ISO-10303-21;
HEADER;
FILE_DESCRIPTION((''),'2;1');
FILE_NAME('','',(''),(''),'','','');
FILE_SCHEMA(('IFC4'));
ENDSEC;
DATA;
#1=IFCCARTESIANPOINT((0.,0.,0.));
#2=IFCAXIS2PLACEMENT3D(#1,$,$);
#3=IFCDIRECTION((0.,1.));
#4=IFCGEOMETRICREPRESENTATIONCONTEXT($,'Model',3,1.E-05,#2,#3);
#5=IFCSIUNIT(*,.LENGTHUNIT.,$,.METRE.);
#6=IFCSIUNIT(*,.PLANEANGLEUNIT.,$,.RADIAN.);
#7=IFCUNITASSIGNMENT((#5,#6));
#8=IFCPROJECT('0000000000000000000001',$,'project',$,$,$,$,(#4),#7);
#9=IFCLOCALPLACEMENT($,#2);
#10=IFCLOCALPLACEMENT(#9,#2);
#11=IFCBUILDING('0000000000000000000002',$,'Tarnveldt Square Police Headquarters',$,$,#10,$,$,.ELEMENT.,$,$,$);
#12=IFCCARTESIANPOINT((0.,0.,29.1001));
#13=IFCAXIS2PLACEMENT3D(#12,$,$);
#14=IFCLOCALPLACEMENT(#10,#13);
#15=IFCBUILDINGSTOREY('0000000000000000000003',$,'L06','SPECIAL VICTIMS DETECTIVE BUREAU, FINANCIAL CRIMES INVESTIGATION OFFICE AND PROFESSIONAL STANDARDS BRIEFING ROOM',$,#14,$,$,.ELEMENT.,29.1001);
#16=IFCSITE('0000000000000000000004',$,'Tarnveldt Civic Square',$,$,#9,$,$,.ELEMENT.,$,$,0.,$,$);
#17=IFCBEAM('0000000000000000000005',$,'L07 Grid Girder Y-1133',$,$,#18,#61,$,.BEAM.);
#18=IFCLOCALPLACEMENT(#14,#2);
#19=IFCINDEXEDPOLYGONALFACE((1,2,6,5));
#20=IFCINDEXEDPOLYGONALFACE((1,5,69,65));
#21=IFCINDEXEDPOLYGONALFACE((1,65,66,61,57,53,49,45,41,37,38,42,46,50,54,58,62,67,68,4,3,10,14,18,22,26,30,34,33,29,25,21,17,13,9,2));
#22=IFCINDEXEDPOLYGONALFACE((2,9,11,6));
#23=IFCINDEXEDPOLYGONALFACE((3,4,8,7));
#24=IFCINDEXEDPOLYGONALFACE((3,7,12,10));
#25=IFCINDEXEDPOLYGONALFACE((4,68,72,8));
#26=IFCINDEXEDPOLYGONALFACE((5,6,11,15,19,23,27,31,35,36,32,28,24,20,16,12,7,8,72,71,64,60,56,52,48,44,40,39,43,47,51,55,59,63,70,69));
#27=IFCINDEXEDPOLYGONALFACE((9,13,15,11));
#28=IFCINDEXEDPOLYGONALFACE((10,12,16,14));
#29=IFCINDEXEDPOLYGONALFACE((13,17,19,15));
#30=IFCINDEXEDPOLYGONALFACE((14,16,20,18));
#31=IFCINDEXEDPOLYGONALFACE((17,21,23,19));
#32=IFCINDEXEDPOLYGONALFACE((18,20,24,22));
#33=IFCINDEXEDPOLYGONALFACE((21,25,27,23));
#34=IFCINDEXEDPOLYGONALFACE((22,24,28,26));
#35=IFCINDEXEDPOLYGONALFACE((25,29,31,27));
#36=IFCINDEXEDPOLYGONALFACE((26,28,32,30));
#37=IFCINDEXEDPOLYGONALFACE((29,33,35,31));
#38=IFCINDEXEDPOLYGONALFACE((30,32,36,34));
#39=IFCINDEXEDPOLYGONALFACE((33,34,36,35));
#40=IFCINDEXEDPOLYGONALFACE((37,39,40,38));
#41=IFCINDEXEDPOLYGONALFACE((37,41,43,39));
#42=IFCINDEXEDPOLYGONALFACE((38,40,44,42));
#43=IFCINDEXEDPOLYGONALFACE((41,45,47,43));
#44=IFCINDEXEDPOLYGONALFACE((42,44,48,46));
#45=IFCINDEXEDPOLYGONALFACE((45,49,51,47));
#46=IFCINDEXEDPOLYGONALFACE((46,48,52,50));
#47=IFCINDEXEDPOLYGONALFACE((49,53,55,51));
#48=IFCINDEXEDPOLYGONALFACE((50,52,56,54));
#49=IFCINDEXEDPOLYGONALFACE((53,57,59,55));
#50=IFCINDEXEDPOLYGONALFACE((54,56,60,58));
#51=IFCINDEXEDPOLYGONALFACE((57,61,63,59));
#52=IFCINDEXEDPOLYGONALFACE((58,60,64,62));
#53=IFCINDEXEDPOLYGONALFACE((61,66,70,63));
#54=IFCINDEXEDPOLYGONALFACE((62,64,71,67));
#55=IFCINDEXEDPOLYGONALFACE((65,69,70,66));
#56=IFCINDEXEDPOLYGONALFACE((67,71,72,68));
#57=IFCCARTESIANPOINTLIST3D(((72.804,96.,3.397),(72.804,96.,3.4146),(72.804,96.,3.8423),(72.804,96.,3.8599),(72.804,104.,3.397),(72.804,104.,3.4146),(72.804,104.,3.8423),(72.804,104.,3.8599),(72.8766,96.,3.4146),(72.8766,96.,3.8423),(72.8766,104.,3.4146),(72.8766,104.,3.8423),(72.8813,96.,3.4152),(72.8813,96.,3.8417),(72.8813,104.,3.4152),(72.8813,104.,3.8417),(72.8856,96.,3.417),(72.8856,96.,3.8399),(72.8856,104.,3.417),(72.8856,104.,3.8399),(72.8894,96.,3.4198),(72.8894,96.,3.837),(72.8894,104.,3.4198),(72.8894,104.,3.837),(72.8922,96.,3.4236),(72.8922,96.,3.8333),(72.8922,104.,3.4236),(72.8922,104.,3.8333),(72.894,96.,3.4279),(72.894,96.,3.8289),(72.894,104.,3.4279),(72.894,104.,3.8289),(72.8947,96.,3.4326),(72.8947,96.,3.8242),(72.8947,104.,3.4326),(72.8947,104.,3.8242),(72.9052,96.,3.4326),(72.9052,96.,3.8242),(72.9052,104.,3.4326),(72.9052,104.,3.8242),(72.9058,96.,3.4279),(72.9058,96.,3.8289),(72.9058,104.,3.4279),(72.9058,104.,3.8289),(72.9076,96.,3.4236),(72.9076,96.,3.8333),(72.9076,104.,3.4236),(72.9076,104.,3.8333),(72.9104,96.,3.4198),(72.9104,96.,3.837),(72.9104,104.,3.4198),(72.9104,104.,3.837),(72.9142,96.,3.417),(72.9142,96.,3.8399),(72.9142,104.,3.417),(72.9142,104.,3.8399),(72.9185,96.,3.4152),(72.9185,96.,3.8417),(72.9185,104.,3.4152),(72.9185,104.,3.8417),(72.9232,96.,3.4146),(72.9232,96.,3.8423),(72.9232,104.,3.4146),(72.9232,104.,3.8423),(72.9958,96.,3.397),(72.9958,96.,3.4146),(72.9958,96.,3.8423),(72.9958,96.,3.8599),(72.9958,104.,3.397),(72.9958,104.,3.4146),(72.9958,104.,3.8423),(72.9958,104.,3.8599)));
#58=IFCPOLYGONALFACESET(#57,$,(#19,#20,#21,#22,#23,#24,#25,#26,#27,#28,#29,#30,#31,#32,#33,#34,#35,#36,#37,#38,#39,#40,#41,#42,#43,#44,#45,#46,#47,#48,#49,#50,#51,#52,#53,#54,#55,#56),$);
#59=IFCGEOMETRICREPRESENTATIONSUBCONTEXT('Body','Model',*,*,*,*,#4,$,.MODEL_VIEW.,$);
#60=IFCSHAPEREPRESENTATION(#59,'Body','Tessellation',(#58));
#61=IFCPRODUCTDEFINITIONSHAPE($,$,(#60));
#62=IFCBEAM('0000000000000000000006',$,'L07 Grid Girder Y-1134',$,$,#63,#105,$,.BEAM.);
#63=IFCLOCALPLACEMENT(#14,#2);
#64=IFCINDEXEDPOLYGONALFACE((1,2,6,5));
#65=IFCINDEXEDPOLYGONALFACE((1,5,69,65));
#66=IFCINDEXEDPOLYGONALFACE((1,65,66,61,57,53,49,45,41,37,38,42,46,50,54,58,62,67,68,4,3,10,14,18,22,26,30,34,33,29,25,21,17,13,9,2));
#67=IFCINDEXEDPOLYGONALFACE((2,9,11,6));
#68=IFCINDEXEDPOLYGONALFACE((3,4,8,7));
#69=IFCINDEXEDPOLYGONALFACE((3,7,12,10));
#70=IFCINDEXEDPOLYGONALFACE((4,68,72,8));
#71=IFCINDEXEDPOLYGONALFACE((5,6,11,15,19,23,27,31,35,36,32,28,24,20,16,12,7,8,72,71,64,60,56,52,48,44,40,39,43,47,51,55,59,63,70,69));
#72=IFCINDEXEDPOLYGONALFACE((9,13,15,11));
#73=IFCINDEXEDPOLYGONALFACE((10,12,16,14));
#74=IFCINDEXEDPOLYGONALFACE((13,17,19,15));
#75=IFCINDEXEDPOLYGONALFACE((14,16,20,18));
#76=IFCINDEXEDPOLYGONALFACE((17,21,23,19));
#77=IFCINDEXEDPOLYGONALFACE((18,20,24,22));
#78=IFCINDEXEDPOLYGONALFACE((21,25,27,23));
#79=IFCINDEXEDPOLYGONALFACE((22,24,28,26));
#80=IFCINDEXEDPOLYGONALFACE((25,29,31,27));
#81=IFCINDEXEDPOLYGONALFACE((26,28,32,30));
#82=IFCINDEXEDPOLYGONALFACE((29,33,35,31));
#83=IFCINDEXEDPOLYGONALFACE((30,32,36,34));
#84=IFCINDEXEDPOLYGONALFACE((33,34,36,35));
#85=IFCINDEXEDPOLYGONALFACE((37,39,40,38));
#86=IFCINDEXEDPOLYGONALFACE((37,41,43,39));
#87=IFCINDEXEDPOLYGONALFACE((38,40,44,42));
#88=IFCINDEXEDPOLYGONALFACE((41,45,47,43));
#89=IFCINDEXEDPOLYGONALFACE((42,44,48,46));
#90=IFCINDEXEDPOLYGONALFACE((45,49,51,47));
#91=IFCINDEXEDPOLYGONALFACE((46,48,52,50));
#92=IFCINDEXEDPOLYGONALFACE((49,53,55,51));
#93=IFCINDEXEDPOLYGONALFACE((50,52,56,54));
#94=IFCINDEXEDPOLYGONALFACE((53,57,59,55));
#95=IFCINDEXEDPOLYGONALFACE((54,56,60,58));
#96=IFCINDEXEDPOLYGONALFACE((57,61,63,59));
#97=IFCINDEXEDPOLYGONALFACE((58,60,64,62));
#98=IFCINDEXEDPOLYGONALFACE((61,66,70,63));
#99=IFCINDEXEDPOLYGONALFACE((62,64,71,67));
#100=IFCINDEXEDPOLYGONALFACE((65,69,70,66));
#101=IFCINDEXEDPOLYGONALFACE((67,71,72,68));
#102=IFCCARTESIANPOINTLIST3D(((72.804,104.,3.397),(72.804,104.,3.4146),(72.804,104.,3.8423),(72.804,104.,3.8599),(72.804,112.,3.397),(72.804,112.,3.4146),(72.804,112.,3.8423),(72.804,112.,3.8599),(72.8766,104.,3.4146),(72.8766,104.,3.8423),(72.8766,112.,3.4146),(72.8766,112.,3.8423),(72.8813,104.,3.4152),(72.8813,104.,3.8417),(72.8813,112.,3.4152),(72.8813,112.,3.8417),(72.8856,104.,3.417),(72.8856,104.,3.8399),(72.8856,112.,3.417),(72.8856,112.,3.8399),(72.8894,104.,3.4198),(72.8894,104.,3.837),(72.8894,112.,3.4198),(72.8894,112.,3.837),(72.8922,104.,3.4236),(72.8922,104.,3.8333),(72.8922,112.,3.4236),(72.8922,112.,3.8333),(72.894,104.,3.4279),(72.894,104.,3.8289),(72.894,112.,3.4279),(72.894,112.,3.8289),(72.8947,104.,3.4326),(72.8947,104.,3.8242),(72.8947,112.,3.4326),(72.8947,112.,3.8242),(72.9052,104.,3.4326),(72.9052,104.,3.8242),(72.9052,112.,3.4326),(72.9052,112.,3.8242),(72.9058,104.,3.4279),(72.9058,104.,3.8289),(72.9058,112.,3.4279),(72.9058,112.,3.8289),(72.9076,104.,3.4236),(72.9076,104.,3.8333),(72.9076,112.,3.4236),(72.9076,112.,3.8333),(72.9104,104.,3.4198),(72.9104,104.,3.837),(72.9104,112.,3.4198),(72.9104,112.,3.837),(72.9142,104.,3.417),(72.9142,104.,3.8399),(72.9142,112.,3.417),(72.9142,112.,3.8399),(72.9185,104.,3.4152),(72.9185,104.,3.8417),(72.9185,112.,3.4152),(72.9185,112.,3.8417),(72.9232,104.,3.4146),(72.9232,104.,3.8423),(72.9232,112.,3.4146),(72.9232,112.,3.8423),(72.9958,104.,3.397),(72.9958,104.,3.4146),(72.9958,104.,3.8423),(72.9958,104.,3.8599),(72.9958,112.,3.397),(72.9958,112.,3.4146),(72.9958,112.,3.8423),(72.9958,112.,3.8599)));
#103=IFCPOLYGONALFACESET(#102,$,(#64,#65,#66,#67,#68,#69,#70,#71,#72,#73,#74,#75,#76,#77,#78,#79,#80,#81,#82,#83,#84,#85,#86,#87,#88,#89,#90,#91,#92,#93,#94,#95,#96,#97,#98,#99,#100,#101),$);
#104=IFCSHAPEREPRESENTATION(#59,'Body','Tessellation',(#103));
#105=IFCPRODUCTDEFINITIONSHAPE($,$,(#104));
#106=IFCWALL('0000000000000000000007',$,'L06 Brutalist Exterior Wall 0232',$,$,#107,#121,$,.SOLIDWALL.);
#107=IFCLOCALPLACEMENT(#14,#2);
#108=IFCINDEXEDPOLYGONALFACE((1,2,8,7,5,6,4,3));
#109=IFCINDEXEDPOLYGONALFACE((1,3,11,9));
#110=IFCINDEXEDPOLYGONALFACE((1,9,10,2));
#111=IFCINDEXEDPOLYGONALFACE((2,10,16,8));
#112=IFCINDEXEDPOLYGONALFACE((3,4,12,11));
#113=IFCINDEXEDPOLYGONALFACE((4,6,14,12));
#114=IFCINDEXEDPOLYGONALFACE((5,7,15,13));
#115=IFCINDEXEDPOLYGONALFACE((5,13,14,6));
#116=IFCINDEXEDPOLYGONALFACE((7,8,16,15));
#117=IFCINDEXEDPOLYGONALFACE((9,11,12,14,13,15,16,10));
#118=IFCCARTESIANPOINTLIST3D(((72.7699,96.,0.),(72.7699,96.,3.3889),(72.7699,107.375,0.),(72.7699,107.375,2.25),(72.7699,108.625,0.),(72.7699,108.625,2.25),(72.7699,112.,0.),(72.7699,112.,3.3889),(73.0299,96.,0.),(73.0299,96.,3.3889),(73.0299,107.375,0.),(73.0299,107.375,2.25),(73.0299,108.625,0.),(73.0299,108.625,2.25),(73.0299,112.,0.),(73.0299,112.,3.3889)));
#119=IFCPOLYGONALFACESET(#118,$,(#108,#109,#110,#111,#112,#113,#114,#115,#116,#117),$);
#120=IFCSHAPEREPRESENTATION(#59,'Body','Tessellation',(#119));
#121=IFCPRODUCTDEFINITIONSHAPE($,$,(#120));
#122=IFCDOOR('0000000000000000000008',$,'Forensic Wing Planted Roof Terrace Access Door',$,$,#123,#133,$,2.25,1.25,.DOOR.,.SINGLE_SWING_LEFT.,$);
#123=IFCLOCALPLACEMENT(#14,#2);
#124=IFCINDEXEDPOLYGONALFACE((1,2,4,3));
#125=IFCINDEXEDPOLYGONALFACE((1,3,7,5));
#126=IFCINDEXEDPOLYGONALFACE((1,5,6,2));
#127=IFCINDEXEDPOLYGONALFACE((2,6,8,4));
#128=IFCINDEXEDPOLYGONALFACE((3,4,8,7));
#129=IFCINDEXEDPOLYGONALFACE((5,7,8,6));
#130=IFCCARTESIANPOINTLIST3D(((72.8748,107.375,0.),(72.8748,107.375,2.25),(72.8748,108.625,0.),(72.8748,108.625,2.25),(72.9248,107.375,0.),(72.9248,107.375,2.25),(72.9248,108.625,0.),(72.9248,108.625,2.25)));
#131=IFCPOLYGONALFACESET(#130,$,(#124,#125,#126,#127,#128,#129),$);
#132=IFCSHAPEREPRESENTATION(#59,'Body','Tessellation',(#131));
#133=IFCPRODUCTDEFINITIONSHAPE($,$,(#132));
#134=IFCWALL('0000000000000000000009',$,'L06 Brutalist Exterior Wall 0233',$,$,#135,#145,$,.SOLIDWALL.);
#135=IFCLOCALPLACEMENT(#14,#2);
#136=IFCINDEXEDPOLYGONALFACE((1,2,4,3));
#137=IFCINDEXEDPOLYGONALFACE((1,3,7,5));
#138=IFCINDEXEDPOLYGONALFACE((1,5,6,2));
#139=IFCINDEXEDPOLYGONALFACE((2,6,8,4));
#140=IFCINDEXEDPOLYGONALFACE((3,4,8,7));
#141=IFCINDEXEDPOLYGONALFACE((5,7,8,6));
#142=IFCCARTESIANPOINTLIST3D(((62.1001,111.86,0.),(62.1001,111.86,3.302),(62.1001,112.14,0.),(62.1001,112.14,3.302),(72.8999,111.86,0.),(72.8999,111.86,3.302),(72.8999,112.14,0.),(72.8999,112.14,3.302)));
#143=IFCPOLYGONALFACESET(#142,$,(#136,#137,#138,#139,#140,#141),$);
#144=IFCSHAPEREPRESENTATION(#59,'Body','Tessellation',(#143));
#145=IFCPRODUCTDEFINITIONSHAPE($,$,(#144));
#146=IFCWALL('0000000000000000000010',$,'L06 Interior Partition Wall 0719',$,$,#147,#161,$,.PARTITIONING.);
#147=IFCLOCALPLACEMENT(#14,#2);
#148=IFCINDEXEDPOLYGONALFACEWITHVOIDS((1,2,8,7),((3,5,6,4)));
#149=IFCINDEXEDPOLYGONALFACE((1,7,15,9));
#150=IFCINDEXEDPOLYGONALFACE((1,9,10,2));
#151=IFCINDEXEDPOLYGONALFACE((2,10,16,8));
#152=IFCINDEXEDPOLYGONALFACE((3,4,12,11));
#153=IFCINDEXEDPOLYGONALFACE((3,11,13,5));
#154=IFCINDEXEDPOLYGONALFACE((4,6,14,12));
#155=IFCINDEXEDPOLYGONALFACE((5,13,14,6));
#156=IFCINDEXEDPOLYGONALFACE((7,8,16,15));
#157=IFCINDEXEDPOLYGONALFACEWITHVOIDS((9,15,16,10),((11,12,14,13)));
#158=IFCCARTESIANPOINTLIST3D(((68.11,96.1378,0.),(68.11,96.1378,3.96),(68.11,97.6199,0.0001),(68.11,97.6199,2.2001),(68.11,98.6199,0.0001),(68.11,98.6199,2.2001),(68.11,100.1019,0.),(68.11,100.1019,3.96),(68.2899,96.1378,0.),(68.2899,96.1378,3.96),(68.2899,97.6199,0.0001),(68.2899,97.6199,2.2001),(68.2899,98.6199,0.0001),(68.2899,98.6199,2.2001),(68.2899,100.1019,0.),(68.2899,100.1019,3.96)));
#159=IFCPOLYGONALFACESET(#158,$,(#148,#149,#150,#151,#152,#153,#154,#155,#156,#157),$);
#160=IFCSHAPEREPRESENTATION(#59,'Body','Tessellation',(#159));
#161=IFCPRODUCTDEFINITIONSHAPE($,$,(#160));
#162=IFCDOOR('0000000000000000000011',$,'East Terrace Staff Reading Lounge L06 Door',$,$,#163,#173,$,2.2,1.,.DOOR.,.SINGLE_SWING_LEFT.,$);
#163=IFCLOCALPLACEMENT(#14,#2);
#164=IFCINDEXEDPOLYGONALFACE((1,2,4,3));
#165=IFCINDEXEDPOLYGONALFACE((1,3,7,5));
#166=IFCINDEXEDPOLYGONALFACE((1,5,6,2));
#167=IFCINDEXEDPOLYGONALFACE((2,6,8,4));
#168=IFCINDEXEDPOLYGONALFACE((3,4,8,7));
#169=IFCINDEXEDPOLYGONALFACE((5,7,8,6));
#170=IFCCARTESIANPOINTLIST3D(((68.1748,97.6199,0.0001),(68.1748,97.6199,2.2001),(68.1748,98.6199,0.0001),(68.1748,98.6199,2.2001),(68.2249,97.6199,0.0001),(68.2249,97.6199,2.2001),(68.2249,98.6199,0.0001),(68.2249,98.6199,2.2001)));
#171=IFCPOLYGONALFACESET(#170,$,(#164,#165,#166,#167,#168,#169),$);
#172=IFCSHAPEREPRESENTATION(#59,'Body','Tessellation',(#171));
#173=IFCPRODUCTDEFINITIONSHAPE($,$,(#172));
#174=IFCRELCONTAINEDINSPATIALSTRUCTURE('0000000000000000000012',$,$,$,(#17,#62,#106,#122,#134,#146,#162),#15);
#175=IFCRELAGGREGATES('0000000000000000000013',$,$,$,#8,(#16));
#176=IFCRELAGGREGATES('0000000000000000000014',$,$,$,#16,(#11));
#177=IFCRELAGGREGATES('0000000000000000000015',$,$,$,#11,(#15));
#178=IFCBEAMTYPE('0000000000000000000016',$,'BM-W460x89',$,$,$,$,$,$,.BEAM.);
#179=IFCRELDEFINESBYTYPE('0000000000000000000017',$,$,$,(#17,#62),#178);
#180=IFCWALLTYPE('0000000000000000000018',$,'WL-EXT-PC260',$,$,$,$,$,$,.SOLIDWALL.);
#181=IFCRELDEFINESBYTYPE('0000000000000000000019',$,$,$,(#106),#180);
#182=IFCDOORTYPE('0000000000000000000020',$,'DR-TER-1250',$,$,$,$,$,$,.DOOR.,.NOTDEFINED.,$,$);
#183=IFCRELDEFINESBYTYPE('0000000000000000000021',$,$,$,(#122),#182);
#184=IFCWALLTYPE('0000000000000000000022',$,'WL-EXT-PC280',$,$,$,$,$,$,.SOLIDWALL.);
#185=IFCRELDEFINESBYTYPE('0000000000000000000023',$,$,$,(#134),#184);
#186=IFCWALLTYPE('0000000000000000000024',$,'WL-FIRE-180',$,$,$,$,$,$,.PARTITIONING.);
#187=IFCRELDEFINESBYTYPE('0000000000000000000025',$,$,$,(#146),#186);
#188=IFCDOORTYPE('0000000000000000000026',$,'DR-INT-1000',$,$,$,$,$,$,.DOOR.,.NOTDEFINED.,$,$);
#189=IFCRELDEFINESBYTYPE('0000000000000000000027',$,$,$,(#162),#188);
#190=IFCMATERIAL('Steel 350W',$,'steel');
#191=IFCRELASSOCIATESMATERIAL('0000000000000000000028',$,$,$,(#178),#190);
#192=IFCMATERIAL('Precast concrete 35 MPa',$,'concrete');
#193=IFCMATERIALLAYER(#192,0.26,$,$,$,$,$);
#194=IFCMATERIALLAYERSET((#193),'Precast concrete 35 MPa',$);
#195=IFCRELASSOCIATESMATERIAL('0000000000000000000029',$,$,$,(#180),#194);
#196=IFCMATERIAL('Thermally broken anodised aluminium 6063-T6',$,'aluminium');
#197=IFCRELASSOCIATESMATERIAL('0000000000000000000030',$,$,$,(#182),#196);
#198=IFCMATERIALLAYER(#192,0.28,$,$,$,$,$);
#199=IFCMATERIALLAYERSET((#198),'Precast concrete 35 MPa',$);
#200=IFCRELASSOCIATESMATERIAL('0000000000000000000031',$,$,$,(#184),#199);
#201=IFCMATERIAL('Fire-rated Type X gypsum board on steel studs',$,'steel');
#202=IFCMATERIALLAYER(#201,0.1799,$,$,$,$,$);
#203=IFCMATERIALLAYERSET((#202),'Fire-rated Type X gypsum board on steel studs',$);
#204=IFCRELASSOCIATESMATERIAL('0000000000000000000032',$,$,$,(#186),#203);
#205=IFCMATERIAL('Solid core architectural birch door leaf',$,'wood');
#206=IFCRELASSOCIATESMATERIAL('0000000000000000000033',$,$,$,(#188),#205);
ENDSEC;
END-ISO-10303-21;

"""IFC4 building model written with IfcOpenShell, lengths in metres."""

from ifc_helpers import new_model, si_unit, direction, frame, frame_2d, origin, origin_2d, place, context, subcontext, project, spatial, rectangle, i_section, extrude, material, layer, layer_set, material_profile, profile_set, type_object, element, fill, save


model = new_model("IFC4")

# Units and contexts
model_context = context("Model", 3, precision=1e-05, world=origin(), true_north=direction((0.0, 1.0)))
body_context = subcontext(model_context, "Body", "Model", "MODEL_VIEW")
ifc_project = project(units=[si_unit("LENGTHUNIT", "METRE"), si_unit("PLANEANGLEUNIT", "RADIAN")], contexts=[model_context])

# Site, building, storey
site_placement = place(None, origin())
site = spatial("IfcSite", under=ifc_project, at=site_placement, Name="Tarnveldt Civic Square", CompositionType="ELEMENT", RefElevation=0.0)
building_placement = place(site_placement, origin())
building = spatial("IfcBuilding", under=site, at=building_placement, Name="Tarnveldt Square Police Headquarters", CompositionType="ELEMENT")
storey_placement = place(building_placement, frame((0.0, 0.0, 29.1001)))
storey = spatial("IfcBuildingStorey", under=building, at=storey_placement, Name="L06", Description="SPECIAL VICTIMS DETECTIVE BUREAU, FINANCIAL CRIMES INVESTIGATION OFFICE AND PROFESSIONAL STANDARDS BRIEFING ROOM", CompositionType="ELEMENT", Elevation=29.1001)

# Shared definitions
ifc_material_1 = material(Name="Steel 350W", Category="steel")

# Beams
ifc_material_profile_1 = material_profile(ifc_material_1, i_section(OverallWidth=0.1919, OverallDepth=0.4629, WebThickness=0.0105, FlangeThickness=0.0176, FilletRadius=0.0181, at=origin_2d()), Name="W460x89")
ifc_profile_set_1 = profile_set([ifc_material_profile_1], Name="Steel 350W")
beam_type_1 = type_object("IfcBeamType", Name="BM-W460x89", PredefinedType="BEAM", material=ifc_profile_set_1)
for number, where, z_axis, x_axis, name in (
    (1, (72.8999, 96.0, 3.6284), (0.0, 1.0, 0.0), (-1.0, 0.0, 0.0), "L07 Grid Girder Y-1133"),
    (2, (72.8999, 104.0, 3.6284), (0.0, 1.0, 0.0), (-1.0, 0.0, 0.0), "L07 Grid Girder Y-1134"),
):
    element("IfcBeam", number, at=place(storey_placement, frame(where, z_axis=z_axis, x_axis=x_axis)), inside=storey, type_object=beam_type_1, Name=name, PredefinedType="BEAM", context=body_context, shape_type="SweptSolid", body=[
        extrude(i_section(OverallWidth=0.1919, OverallDepth=0.4629, WebThickness=0.0105, FlangeThickness=0.0176, FilletRadius=0.0181, at=origin_2d()), origin(), (0.0, 0.0, 1.0), 8.0),
    ])

# Wall, opening, door
ifc_material_2 = material(Name="Precast concrete 35 MPa", Category="concrete")
ifc_layer_1 = layer(ifc_material_2, 0.26)
ifc_layer_set_1 = layer_set([ifc_layer_1], Name="Precast concrete 35 MPa")
wall_type_1 = type_object("IfcWallType", Name="WL-EXT-PC260", PredefinedType="SOLIDWALL", material=ifc_layer_set_1)
wall_1_placement = place(storey_placement, frame((72.8999, 96.0, 0.0), z_axis=(0.0, 0.0, 1.0), x_axis=(0.0, 1.0, 0.0)))
wall_1 = element("IfcWall", 3, at=wall_1_placement, inside=storey, type_object=wall_type_1, Name="L06 Brutalist Exterior Wall 0232", PredefinedType="SOLIDWALL", context=body_context, shape_type="SweptSolid", body=[
    extrude(rectangle(XDim=16.0, YDim=0.26, at=frame_2d((8.0, 0.0))), origin(), (0.0, 0.0, 1.0), 3.3889),
])
opening_1_placement = place(wall_1_placement, frame((11.375, 0.0, 0.0)))
opening_1 = element("IfcOpeningElement", 4, at=opening_1_placement, cuts=wall_1, PredefinedType="OPENING", context=body_context, shape_type="SweptSolid", body=[
    extrude(rectangle(XDim=1.25, YDim=2.25, at=frame_2d((0.625, 1.125))), frame((0.0, 0.1399, 0.0), z_axis=(0.0, -1.0, 0.0), x_axis=(1.0, 0.0, 0.0)), (0.0, 0.0, 1.0), 0.28),
])
ifc_material_3 = material(Name="Thermally broken anodised aluminium 6063-T6", Category="aluminium")
door_type_1 = type_object("IfcDoorType", Name="DR-TER-1250", OperationType="NOTDEFINED", PredefinedType="DOOR", material=ifc_material_3)
door_1_placement = place(opening_1_placement, frame((1.25, 0.0, 0.0), z_axis=(0.0, 0.0, 1.0), x_axis=(-1.0, 0.0, 0.0)))
door_1 = element("IfcDoor", 5, at=door_1_placement, inside=storey, type_object=door_type_1, Name="Forensic Wing Planted Roof Terrace Access Door", OperationType="SINGLE_SWING_LEFT", OverallHeight=2.25, OverallWidth=1.25, PredefinedType="DOOR", context=body_context, shape_type="SweptSolid", body=[
    extrude(rectangle(XDim=1.25, YDim=2.25, at=frame_2d((0.625, 1.125))), frame((0.0, 0.0249, 0.0), z_axis=(0.0, -1.0, 0.0), x_axis=(1.0, 0.0, 0.0)), (0.0, 0.0, 1.0), 0.05),
])
fill(opening_1, door_1)

# Wall
ifc_layer_2 = layer(ifc_material_2, 0.28)
ifc_layer_set_2 = layer_set([ifc_layer_2], Name="Precast concrete 35 MPa")
wall_type_2 = type_object("IfcWallType", Name="WL-EXT-PC280", PredefinedType="SOLIDWALL", material=ifc_layer_set_2)
wall_2_placement = place(storey_placement, frame((72.8999, 112.0, 0.0), z_axis=(0.0, 0.0, 1.0), x_axis=(-1.0, 0.0, 0.0)))
element("IfcWall", 6, at=wall_2_placement, inside=storey, type_object=wall_type_2, Name="L06 Brutalist Exterior Wall 0233", PredefinedType="SOLIDWALL", context=body_context, shape_type="SweptSolid", body=[
    extrude(rectangle(XDim=10.7998, YDim=0.28, at=frame_2d((5.3999, 0.0))), origin(), (0.0, 0.0, 1.0), 3.302),
])

# Wall, opening, door
ifc_material_4 = material(Name="Fire-rated Type X gypsum board on steel studs", Category="steel")
ifc_layer_3 = layer(ifc_material_4, 0.1799)
ifc_layer_set_3 = layer_set([ifc_layer_3], Name="Fire-rated Type X gypsum board on steel studs")
wall_type_3 = type_object("IfcWallType", Name="WL-FIRE-180", PredefinedType="PARTITIONING", material=ifc_layer_set_3)
wall_3_placement = place(storey_placement, frame((68.2, 96.1379, 0.0), z_axis=(0.0, 0.0, 1.0), x_axis=(0.0, 1.0, 0.0)))
wall_3 = element("IfcWall", 7, at=wall_3_placement, inside=storey, type_object=wall_type_3, Name="L06 Interior Partition Wall 0719", PredefinedType="PARTITIONING", context=body_context, shape_type="SweptSolid", body=[
    extrude(rectangle(XDim=3.9641, YDim=0.1799, at=frame_2d((1.9819, 0.0))), origin(), (0.0, 0.0, 1.0), 3.96),
])
opening_2_placement = place(wall_3_placement, frame((1.4819, 0.0, 0.0)))
opening_2 = element("IfcOpeningElement", 8, at=opening_2_placement, cuts=wall_3, PredefinedType="OPENING", context=body_context, shape_type="SweptSolid", body=[
    extrude(rectangle(XDim=1.0, YDim=2.2, at=frame_2d((0.5, 1.1001))), frame((0.0, 0.0999, 0.0), z_axis=(0.0, -1.0, 0.0), x_axis=(1.0, 0.0, 0.0)), (0.0, 0.0, 1.0), 0.2),
])
ifc_material_5 = material(Name="Solid core architectural birch door leaf", Category="wood")
door_type_2 = type_object("IfcDoorType", Name="DR-INT-1000", OperationType="NOTDEFINED", PredefinedType="DOOR", material=ifc_material_5)
door_2_placement = place(opening_2_placement, frame((1.0, 0.0, 0.0), z_axis=(0.0, 0.0, 1.0), x_axis=(-1.0, 0.0, 0.0)))
door_2 = element("IfcDoor", 9, at=door_2_placement, inside=storey, type_object=door_type_2, Name="East Terrace Staff Reading Lounge L06 Door", OperationType="SINGLE_SWING_LEFT", OverallHeight=2.2, OverallWidth=1.0, PredefinedType="DOOR", context=body_context, shape_type="SweptSolid", body=[
    extrude(rectangle(XDim=1.0, YDim=2.2, at=frame_2d((0.5, 1.1001))), frame((0.0, 0.0249, 0.0), z_axis=(0.0, -1.0, 0.0), x_axis=(1.0, 0.0, 0.0)), (0.0, 0.0, 1.0), 0.05),
])
fill(opening_2, door_2)

save(model, "model.ifc")
